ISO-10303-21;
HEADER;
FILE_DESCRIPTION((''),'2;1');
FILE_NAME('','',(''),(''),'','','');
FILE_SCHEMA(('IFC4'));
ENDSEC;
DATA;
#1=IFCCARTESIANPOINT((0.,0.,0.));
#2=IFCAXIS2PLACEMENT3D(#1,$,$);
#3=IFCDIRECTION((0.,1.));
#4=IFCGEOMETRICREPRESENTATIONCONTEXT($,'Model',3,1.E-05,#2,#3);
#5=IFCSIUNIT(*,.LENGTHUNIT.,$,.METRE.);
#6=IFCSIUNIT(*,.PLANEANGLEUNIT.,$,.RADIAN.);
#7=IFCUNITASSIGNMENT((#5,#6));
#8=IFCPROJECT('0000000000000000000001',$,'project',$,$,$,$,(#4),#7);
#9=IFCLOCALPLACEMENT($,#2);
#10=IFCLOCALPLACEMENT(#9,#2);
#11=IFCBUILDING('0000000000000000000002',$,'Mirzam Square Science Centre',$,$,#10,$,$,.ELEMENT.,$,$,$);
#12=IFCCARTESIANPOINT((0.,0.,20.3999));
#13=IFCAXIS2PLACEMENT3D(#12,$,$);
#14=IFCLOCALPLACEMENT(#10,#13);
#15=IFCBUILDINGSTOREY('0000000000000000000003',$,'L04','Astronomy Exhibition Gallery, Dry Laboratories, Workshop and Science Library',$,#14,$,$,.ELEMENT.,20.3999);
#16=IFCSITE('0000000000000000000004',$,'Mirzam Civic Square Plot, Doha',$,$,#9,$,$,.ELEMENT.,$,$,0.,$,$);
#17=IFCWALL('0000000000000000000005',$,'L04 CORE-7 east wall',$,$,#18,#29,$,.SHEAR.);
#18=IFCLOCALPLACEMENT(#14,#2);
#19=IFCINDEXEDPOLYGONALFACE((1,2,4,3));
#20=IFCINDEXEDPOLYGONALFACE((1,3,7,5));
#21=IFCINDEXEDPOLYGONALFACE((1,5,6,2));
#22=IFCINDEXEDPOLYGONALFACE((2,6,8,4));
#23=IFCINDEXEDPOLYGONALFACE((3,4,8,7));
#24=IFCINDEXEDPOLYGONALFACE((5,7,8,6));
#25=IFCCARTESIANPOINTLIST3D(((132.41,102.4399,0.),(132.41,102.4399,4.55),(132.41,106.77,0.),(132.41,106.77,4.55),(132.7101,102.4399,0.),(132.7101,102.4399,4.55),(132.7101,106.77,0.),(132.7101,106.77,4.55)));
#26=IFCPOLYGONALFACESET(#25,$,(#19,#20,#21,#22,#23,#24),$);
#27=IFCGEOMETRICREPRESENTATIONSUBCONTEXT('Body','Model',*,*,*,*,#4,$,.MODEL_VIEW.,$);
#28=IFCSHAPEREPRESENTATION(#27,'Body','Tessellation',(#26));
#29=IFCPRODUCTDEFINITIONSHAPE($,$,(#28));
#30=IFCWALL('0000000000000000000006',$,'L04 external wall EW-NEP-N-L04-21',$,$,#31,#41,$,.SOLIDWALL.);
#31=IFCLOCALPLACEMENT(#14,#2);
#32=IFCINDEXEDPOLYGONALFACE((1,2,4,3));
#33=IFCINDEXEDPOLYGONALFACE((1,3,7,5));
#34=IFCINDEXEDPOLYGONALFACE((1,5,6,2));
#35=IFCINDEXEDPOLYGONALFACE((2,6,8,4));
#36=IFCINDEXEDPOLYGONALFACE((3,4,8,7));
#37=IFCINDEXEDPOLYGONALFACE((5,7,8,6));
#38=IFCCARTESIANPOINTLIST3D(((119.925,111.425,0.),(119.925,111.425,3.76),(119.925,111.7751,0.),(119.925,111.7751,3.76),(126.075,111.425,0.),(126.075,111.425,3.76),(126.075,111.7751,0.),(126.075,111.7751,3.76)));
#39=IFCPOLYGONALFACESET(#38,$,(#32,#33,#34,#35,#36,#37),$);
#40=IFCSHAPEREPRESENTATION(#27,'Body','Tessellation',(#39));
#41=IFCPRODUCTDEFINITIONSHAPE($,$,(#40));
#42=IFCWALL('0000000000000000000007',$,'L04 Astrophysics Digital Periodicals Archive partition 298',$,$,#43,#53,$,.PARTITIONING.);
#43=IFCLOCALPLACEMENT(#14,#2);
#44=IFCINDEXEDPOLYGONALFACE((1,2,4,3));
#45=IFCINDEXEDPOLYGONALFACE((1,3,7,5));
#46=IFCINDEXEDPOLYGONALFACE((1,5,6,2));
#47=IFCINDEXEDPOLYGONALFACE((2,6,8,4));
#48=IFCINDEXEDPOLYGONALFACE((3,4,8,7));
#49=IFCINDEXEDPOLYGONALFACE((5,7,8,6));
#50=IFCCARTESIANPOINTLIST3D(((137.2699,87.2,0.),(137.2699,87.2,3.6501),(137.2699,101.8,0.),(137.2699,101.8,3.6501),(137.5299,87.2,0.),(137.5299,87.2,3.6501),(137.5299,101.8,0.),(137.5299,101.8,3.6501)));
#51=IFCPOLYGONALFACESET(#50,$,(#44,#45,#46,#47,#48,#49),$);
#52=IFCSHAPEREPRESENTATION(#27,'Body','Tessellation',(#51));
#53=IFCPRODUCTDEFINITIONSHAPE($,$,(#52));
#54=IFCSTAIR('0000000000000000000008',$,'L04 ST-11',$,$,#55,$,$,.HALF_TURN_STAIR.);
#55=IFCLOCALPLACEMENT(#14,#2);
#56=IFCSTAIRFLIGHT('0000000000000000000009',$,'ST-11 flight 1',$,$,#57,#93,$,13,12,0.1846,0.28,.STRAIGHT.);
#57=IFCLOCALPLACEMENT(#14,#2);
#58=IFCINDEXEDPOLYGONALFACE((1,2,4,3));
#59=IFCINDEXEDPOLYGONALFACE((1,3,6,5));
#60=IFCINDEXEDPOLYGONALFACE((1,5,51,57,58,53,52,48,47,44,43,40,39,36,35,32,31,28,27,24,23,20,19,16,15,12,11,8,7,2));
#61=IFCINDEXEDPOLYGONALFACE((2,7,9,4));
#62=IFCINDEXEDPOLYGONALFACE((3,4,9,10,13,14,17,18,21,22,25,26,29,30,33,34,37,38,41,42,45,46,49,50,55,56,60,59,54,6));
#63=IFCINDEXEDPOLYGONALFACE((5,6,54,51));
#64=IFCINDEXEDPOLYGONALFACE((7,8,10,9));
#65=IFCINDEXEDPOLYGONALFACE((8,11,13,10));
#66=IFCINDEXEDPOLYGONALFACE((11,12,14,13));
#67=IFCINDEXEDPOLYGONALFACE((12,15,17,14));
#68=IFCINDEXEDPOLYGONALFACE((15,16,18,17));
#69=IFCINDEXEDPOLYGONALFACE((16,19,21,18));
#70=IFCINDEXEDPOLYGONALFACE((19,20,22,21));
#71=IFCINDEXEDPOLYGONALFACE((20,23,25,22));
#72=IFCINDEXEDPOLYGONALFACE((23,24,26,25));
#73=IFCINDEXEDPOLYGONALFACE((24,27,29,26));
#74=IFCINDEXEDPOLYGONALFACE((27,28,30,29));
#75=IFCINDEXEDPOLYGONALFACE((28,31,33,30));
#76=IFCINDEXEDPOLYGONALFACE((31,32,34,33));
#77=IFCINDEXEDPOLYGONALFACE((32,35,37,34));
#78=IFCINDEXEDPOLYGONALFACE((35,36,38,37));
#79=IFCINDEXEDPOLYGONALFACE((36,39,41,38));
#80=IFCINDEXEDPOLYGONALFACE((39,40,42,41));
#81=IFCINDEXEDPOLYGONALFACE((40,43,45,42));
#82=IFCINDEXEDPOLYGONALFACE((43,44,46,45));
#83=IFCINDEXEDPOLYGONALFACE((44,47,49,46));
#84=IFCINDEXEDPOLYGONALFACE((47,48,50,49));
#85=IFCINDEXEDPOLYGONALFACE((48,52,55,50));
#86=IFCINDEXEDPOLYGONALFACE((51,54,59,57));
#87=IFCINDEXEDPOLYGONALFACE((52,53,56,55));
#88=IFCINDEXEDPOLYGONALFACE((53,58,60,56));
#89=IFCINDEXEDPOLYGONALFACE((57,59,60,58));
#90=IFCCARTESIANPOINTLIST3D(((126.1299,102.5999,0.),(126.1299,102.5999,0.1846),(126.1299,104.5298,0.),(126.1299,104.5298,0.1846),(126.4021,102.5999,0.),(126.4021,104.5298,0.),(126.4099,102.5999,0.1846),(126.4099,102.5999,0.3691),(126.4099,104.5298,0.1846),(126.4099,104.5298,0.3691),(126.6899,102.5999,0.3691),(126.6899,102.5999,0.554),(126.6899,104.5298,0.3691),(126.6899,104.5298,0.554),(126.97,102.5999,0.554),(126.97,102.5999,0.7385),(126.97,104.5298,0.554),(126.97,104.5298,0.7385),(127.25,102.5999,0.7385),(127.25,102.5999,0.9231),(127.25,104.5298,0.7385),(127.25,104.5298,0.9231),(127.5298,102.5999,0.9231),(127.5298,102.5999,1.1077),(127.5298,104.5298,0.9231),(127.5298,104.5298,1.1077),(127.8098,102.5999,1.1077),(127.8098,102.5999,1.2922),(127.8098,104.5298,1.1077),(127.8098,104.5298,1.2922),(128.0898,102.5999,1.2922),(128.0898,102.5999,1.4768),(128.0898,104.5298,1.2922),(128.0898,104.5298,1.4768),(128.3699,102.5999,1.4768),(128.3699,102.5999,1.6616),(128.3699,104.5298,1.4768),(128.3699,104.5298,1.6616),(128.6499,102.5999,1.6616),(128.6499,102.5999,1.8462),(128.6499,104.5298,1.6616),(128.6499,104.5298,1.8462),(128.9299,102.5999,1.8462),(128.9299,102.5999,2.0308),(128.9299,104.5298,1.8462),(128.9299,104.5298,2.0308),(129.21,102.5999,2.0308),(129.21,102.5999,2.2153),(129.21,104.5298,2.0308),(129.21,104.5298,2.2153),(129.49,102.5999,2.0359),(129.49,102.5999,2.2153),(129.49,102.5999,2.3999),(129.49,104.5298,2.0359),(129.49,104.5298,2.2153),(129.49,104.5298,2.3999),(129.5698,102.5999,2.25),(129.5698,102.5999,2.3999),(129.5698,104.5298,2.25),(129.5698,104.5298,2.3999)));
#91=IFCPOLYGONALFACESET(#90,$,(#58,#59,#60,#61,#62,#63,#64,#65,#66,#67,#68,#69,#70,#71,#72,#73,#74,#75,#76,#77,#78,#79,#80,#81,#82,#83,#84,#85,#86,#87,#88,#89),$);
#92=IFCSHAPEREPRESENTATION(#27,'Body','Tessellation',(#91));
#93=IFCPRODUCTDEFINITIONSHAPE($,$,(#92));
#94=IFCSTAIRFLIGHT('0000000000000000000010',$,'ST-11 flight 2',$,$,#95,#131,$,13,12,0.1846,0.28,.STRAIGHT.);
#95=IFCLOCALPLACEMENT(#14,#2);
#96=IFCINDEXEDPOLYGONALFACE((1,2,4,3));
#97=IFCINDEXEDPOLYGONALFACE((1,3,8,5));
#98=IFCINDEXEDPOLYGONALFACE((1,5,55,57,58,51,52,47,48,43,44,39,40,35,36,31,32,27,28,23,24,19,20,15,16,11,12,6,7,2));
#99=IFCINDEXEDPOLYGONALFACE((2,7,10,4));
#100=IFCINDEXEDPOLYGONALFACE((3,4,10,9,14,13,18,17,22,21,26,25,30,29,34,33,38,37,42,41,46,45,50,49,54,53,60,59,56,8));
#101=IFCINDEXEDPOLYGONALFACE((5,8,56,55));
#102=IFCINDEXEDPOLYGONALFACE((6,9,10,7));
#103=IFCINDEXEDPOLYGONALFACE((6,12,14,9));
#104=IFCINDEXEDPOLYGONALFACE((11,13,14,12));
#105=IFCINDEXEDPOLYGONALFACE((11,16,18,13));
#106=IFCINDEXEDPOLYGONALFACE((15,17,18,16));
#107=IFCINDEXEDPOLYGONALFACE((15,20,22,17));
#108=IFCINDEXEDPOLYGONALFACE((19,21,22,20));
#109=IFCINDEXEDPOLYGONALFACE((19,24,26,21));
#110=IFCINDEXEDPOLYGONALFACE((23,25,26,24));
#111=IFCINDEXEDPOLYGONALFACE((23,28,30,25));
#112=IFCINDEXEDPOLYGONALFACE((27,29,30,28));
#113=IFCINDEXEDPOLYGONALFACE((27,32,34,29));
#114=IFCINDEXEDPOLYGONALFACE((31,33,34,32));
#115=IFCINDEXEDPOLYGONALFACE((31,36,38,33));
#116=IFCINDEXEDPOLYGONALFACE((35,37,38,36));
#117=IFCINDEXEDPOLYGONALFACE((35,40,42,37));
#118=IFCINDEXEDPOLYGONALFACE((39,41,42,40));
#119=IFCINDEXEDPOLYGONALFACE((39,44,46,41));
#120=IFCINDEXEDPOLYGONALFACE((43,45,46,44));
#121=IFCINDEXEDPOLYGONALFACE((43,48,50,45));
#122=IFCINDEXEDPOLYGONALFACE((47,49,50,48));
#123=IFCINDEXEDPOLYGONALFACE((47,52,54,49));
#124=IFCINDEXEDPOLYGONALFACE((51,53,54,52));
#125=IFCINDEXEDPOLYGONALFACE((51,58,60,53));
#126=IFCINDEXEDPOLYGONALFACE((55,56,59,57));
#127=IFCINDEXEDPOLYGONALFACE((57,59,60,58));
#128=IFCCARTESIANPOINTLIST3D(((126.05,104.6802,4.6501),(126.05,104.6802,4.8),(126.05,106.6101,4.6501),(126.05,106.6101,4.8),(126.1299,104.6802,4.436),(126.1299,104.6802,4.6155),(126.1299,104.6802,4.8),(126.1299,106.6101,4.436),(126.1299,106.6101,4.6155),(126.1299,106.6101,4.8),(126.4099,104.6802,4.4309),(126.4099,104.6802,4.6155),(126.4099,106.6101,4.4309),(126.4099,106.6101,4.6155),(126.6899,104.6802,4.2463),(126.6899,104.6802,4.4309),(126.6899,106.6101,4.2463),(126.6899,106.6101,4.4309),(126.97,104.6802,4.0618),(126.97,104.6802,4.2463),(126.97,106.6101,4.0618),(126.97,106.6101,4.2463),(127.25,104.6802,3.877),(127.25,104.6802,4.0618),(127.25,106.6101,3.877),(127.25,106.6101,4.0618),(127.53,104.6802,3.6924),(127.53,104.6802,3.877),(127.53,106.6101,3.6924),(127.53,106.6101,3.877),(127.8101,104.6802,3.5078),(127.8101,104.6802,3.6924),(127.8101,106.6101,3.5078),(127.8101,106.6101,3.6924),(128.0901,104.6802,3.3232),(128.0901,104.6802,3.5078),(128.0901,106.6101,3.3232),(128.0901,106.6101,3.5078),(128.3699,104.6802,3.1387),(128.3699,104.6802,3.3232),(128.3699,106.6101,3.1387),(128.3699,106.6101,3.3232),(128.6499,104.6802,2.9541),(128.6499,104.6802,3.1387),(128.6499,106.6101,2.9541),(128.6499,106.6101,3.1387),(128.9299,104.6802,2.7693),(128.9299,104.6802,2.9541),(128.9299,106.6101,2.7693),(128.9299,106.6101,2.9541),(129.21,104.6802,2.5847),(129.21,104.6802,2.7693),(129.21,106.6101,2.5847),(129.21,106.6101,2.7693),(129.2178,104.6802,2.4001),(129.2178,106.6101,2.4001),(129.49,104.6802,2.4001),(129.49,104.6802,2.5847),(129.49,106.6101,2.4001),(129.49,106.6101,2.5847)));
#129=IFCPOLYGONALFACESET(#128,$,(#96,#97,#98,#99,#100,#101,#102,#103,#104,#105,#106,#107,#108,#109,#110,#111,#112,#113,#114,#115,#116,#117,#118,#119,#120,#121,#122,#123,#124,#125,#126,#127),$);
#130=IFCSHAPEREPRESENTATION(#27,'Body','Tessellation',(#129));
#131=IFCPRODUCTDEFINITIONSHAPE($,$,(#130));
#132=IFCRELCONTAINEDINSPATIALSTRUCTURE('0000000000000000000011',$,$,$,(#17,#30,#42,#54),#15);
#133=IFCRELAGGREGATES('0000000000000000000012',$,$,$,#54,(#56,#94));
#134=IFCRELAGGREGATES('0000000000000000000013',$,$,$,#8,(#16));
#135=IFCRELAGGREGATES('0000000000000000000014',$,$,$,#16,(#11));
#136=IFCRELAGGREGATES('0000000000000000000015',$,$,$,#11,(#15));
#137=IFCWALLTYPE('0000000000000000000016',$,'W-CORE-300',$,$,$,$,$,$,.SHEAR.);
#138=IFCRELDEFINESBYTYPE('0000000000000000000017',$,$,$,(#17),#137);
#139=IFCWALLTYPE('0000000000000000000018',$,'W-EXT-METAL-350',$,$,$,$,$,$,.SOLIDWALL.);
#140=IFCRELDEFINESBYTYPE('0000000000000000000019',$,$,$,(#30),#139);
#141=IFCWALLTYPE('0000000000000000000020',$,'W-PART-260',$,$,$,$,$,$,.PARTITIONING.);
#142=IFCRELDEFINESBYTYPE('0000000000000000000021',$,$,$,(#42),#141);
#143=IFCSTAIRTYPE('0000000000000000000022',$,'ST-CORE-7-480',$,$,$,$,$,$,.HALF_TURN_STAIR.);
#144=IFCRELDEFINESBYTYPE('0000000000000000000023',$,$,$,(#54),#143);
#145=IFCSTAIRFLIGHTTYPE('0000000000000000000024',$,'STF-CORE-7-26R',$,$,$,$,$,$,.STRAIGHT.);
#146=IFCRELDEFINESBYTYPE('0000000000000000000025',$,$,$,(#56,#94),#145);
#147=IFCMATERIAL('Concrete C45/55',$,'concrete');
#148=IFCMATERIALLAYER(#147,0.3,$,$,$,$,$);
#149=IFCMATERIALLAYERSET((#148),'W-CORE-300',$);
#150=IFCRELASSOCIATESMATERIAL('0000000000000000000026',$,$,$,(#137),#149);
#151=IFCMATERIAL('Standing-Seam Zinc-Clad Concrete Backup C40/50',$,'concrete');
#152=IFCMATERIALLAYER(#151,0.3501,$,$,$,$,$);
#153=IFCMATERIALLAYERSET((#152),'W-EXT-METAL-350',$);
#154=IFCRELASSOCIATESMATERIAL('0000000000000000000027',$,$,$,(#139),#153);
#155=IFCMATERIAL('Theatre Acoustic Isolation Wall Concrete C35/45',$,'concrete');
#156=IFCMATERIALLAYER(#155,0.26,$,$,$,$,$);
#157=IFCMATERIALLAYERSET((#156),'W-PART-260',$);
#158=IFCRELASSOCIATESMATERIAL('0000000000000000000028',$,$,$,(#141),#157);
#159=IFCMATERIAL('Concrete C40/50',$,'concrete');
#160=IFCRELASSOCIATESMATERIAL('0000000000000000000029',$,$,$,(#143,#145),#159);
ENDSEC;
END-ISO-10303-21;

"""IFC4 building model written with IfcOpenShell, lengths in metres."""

from ifc_helpers import new_model, si_unit, direction, frame, frame_2d, origin, place, context, subcontext, project, spatial, polyline, rectangle, outline, extrude, material, layer, layer_set, type_object, element, aggregate, save


model = new_model("IFC4")

# Units and contexts
model_context = context("Model", 3, precision=1e-05, world=origin(), true_north=direction((0.0, 1.0)))
body_context = subcontext(model_context, "Body", "Model", "MODEL_VIEW")
ifc_project = project(units=[si_unit("LENGTHUNIT", "METRE"), si_unit("PLANEANGLEUNIT", "RADIAN")], contexts=[model_context])

# Site, building, storey
site_placement = place(None, origin())
site = spatial("IfcSite", under=ifc_project, at=site_placement, Name="Mirzam Civic Square Plot, Doha", CompositionType="ELEMENT", RefElevation=0.0)
building_placement = place(site_placement, origin())
building = spatial("IfcBuilding", under=site, at=building_placement, Name="Mirzam Square Science Centre", CompositionType="ELEMENT")
storey_placement = place(building_placement, frame((0.0, 0.0, 20.3999)))
storey = spatial("IfcBuildingStorey", under=building, at=storey_placement, Name="L04", Description="Astronomy Exhibition Gallery, Dry Laboratories, Workshop and Science Library", CompositionType="ELEMENT", Elevation=20.3999)

# Walls
ifc_material_1 = material(Name="Concrete C45/55", Category="concrete")
ifc_layer_1 = layer(ifc_material_1, 0.3)
ifc_layer_set_1 = layer_set([ifc_layer_1], Name="W-CORE-300")
wall_type_1 = type_object("IfcWallType", Name="W-CORE-300", PredefinedType="SHEAR", material=ifc_layer_set_1)
wall_1_placement = place(storey_placement, frame((132.5601, 102.4399, 0.0), z_axis=(0.0, 0.0, 1.0), x_axis=(0.0, 1.0, 0.0)))
element("IfcWall", 1, at=wall_1_placement, inside=storey, type_object=wall_type_1, Name="L04 CORE-7 east wall", PredefinedType="SHEAR", context=body_context, shape_type="SweptSolid", body=[
    extrude(rectangle(XDim=4.3301, YDim=0.3, at=frame_2d((2.165, 0.0))), origin(), (0.0, 0.0, 1.0), 4.55),
])
ifc_material_2 = material(Name="Standing-Seam Zinc-Clad Concrete Backup C40/50", Category="concrete")
ifc_layer_2 = layer(ifc_material_2, 0.3501)
ifc_layer_set_2 = layer_set([ifc_layer_2], Name="W-EXT-METAL-350")
wall_type_2 = type_object("IfcWallType", Name="W-EXT-METAL-350", PredefinedType="SOLIDWALL", material=ifc_layer_set_2)
wall_2_placement = place(storey_placement, frame((126.075, 111.6001, 0.0), z_axis=(0.0, 0.0, 1.0), x_axis=(-1.0, 0.0, 0.0)))
element("IfcWall", 2, at=wall_2_placement, inside=storey, type_object=wall_type_2, Name="L04 external wall EW-NEP-N-L04-21", PredefinedType="SOLIDWALL", context=body_context, shape_type="SweptSolid", body=[
    extrude(rectangle(XDim=6.1499, YDim=0.3501, at=frame_2d((3.075, 0.0))), origin(), (0.0, 0.0, 1.0), 3.76),
])
ifc_material_3 = material(Name="Theatre Acoustic Isolation Wall Concrete C35/45", Category="concrete")
ifc_layer_3 = layer(ifc_material_3, 0.26)
ifc_layer_set_3 = layer_set([ifc_layer_3], Name="W-PART-260")
wall_type_3 = type_object("IfcWallType", Name="W-PART-260", PredefinedType="PARTITIONING", material=ifc_layer_set_3)
wall_3_placement = place(storey_placement, frame((137.3999, 101.8, 0.0), z_axis=(0.0, 0.0, 1.0), x_axis=(0.0, -1.0, 0.0)))
element("IfcWall", 3, at=wall_3_placement, inside=storey, type_object=wall_type_3, Name="L04 Astrophysics Digital Periodicals Archive partition 298", PredefinedType="PARTITIONING", context=body_context, shape_type="SweptSolid", body=[
    extrude(rectangle(XDim=14.6001, YDim=0.26, at=frame_2d((7.3, 0.0))), origin(), (0.0, 0.0, 1.0), 3.6501),
])

# Stair, stair flights
ifc_material_4 = material(Name="Concrete C40/50", Category="concrete")
stair_type = type_object("IfcStairType", Name="ST-CORE-7-480", PredefinedType="HALF_TURN_STAIR", material=ifc_material_4)
stair_placement = place(storey_placement, origin())
stair = element("IfcStair", 4, at=stair_placement, inside=storey, type_object=stair_type, Name="L04 ST-11", PredefinedType="HALF_TURN_STAIR")
stair_flight_type = type_object("IfcStairFlightType", Name="STF-CORE-7-26R", PredefinedType="STRAIGHT", material=ifc_material_4)
stair_flight_1_placement = place(storey_placement, frame((126.1299, 103.5649, 0.0), z_axis=(0.0, 0.0, 1.0), x_axis=(1.0, 0.0, 0.0)))
stair_flight_1 = element("IfcStairFlight", 5, at=stair_flight_1_placement, type_object=stair_flight_type, Name="ST-11 flight 1", NumberOfRisers=13, NumberOfTreads=12, PredefinedType="STRAIGHT", RiserHeight=0.1846, TreadLength=0.28, context=body_context, shape_type="SweptSolid", body=[
    extrude(outline(polyline([(0.0, 0.0), (0.0, 0.1846), (0.28, 0.1846), (0.28, 0.3691), (0.5601, 0.3691), (0.5601, 0.554), (0.8401, 0.554), (0.8401, 0.7385), (1.1201, 0.7385), (1.1201, 0.9231), (1.3999, 0.9231), (1.3999, 1.1077), (1.6799, 1.1077), (1.6799, 1.2922), (1.96, 1.2922), (1.96, 1.4768), (2.24, 1.4768), (2.24, 1.6616), (2.52, 1.6616), (2.52, 1.8462), (2.8, 1.8462), (2.8, 2.0308), (3.0801, 2.0308), (3.0801, 2.2153), (3.3601, 2.2153), (3.3601, 2.3999), (3.4399, 2.3999), (3.4399, 2.25), (3.3601, 2.0359), (0.2722, 0.0), (0.0, 0.0)])), frame((0.0, 0.9648, 0.0), z_axis=(0.0, -1.0, 0.0), x_axis=(1.0, 0.0, 0.0)), (0.0, 0.0, 1.0), 1.9299),
])
stair_flight_2_placement = place(storey_placement, frame((129.49, 105.645, 2.4001), z_axis=(0.0, 0.0, 1.0), x_axis=(-1.0, 0.0, 0.0)))
stair_flight_2 = element("IfcStairFlight", 6, at=stair_flight_2_placement, type_object=stair_flight_type, Name="ST-11 flight 2", NumberOfRisers=13, NumberOfTreads=12, PredefinedType="STRAIGHT", RiserHeight=0.1846, TreadLength=0.28, context=body_context, shape_type="SweptSolid", body=[
    extrude(outline(polyline([(0.0, 0.0), (0.0, 0.1846), (0.28, 0.1846), (0.28, 0.3691), (0.5601, 0.3691), (0.5601, 0.554), (0.8401, 0.554), (0.8401, 0.7385), (1.1201, 0.7385), (1.1201, 0.9231), (1.3999, 0.9231), (1.3999, 1.1077), (1.6799, 1.1077), (1.6799, 1.2922), (1.96, 1.2922), (1.96, 1.4768), (2.24, 1.4768), (2.24, 1.6616), (2.52, 1.6616), (2.52, 1.8462), (2.8, 1.8462), (2.8, 2.0308), (3.0801, 2.0308), (3.0801, 2.2153), (3.3601, 2.2153), (3.3601, 2.3999), (3.4399, 2.3999), (3.4399, 2.25), (3.3601, 2.0359), (0.2722, 0.0), (0.0, 0.0)])), frame((0.0, 0.9648, 0.0), z_axis=(0.0, -1.0, 0.0), x_axis=(1.0, 0.0, 0.0)), (0.0, 0.0, 1.0), 1.9299),
])
aggregate(stair, [stair_flight_1, stair_flight_2])

save(model, "model.ifc")
